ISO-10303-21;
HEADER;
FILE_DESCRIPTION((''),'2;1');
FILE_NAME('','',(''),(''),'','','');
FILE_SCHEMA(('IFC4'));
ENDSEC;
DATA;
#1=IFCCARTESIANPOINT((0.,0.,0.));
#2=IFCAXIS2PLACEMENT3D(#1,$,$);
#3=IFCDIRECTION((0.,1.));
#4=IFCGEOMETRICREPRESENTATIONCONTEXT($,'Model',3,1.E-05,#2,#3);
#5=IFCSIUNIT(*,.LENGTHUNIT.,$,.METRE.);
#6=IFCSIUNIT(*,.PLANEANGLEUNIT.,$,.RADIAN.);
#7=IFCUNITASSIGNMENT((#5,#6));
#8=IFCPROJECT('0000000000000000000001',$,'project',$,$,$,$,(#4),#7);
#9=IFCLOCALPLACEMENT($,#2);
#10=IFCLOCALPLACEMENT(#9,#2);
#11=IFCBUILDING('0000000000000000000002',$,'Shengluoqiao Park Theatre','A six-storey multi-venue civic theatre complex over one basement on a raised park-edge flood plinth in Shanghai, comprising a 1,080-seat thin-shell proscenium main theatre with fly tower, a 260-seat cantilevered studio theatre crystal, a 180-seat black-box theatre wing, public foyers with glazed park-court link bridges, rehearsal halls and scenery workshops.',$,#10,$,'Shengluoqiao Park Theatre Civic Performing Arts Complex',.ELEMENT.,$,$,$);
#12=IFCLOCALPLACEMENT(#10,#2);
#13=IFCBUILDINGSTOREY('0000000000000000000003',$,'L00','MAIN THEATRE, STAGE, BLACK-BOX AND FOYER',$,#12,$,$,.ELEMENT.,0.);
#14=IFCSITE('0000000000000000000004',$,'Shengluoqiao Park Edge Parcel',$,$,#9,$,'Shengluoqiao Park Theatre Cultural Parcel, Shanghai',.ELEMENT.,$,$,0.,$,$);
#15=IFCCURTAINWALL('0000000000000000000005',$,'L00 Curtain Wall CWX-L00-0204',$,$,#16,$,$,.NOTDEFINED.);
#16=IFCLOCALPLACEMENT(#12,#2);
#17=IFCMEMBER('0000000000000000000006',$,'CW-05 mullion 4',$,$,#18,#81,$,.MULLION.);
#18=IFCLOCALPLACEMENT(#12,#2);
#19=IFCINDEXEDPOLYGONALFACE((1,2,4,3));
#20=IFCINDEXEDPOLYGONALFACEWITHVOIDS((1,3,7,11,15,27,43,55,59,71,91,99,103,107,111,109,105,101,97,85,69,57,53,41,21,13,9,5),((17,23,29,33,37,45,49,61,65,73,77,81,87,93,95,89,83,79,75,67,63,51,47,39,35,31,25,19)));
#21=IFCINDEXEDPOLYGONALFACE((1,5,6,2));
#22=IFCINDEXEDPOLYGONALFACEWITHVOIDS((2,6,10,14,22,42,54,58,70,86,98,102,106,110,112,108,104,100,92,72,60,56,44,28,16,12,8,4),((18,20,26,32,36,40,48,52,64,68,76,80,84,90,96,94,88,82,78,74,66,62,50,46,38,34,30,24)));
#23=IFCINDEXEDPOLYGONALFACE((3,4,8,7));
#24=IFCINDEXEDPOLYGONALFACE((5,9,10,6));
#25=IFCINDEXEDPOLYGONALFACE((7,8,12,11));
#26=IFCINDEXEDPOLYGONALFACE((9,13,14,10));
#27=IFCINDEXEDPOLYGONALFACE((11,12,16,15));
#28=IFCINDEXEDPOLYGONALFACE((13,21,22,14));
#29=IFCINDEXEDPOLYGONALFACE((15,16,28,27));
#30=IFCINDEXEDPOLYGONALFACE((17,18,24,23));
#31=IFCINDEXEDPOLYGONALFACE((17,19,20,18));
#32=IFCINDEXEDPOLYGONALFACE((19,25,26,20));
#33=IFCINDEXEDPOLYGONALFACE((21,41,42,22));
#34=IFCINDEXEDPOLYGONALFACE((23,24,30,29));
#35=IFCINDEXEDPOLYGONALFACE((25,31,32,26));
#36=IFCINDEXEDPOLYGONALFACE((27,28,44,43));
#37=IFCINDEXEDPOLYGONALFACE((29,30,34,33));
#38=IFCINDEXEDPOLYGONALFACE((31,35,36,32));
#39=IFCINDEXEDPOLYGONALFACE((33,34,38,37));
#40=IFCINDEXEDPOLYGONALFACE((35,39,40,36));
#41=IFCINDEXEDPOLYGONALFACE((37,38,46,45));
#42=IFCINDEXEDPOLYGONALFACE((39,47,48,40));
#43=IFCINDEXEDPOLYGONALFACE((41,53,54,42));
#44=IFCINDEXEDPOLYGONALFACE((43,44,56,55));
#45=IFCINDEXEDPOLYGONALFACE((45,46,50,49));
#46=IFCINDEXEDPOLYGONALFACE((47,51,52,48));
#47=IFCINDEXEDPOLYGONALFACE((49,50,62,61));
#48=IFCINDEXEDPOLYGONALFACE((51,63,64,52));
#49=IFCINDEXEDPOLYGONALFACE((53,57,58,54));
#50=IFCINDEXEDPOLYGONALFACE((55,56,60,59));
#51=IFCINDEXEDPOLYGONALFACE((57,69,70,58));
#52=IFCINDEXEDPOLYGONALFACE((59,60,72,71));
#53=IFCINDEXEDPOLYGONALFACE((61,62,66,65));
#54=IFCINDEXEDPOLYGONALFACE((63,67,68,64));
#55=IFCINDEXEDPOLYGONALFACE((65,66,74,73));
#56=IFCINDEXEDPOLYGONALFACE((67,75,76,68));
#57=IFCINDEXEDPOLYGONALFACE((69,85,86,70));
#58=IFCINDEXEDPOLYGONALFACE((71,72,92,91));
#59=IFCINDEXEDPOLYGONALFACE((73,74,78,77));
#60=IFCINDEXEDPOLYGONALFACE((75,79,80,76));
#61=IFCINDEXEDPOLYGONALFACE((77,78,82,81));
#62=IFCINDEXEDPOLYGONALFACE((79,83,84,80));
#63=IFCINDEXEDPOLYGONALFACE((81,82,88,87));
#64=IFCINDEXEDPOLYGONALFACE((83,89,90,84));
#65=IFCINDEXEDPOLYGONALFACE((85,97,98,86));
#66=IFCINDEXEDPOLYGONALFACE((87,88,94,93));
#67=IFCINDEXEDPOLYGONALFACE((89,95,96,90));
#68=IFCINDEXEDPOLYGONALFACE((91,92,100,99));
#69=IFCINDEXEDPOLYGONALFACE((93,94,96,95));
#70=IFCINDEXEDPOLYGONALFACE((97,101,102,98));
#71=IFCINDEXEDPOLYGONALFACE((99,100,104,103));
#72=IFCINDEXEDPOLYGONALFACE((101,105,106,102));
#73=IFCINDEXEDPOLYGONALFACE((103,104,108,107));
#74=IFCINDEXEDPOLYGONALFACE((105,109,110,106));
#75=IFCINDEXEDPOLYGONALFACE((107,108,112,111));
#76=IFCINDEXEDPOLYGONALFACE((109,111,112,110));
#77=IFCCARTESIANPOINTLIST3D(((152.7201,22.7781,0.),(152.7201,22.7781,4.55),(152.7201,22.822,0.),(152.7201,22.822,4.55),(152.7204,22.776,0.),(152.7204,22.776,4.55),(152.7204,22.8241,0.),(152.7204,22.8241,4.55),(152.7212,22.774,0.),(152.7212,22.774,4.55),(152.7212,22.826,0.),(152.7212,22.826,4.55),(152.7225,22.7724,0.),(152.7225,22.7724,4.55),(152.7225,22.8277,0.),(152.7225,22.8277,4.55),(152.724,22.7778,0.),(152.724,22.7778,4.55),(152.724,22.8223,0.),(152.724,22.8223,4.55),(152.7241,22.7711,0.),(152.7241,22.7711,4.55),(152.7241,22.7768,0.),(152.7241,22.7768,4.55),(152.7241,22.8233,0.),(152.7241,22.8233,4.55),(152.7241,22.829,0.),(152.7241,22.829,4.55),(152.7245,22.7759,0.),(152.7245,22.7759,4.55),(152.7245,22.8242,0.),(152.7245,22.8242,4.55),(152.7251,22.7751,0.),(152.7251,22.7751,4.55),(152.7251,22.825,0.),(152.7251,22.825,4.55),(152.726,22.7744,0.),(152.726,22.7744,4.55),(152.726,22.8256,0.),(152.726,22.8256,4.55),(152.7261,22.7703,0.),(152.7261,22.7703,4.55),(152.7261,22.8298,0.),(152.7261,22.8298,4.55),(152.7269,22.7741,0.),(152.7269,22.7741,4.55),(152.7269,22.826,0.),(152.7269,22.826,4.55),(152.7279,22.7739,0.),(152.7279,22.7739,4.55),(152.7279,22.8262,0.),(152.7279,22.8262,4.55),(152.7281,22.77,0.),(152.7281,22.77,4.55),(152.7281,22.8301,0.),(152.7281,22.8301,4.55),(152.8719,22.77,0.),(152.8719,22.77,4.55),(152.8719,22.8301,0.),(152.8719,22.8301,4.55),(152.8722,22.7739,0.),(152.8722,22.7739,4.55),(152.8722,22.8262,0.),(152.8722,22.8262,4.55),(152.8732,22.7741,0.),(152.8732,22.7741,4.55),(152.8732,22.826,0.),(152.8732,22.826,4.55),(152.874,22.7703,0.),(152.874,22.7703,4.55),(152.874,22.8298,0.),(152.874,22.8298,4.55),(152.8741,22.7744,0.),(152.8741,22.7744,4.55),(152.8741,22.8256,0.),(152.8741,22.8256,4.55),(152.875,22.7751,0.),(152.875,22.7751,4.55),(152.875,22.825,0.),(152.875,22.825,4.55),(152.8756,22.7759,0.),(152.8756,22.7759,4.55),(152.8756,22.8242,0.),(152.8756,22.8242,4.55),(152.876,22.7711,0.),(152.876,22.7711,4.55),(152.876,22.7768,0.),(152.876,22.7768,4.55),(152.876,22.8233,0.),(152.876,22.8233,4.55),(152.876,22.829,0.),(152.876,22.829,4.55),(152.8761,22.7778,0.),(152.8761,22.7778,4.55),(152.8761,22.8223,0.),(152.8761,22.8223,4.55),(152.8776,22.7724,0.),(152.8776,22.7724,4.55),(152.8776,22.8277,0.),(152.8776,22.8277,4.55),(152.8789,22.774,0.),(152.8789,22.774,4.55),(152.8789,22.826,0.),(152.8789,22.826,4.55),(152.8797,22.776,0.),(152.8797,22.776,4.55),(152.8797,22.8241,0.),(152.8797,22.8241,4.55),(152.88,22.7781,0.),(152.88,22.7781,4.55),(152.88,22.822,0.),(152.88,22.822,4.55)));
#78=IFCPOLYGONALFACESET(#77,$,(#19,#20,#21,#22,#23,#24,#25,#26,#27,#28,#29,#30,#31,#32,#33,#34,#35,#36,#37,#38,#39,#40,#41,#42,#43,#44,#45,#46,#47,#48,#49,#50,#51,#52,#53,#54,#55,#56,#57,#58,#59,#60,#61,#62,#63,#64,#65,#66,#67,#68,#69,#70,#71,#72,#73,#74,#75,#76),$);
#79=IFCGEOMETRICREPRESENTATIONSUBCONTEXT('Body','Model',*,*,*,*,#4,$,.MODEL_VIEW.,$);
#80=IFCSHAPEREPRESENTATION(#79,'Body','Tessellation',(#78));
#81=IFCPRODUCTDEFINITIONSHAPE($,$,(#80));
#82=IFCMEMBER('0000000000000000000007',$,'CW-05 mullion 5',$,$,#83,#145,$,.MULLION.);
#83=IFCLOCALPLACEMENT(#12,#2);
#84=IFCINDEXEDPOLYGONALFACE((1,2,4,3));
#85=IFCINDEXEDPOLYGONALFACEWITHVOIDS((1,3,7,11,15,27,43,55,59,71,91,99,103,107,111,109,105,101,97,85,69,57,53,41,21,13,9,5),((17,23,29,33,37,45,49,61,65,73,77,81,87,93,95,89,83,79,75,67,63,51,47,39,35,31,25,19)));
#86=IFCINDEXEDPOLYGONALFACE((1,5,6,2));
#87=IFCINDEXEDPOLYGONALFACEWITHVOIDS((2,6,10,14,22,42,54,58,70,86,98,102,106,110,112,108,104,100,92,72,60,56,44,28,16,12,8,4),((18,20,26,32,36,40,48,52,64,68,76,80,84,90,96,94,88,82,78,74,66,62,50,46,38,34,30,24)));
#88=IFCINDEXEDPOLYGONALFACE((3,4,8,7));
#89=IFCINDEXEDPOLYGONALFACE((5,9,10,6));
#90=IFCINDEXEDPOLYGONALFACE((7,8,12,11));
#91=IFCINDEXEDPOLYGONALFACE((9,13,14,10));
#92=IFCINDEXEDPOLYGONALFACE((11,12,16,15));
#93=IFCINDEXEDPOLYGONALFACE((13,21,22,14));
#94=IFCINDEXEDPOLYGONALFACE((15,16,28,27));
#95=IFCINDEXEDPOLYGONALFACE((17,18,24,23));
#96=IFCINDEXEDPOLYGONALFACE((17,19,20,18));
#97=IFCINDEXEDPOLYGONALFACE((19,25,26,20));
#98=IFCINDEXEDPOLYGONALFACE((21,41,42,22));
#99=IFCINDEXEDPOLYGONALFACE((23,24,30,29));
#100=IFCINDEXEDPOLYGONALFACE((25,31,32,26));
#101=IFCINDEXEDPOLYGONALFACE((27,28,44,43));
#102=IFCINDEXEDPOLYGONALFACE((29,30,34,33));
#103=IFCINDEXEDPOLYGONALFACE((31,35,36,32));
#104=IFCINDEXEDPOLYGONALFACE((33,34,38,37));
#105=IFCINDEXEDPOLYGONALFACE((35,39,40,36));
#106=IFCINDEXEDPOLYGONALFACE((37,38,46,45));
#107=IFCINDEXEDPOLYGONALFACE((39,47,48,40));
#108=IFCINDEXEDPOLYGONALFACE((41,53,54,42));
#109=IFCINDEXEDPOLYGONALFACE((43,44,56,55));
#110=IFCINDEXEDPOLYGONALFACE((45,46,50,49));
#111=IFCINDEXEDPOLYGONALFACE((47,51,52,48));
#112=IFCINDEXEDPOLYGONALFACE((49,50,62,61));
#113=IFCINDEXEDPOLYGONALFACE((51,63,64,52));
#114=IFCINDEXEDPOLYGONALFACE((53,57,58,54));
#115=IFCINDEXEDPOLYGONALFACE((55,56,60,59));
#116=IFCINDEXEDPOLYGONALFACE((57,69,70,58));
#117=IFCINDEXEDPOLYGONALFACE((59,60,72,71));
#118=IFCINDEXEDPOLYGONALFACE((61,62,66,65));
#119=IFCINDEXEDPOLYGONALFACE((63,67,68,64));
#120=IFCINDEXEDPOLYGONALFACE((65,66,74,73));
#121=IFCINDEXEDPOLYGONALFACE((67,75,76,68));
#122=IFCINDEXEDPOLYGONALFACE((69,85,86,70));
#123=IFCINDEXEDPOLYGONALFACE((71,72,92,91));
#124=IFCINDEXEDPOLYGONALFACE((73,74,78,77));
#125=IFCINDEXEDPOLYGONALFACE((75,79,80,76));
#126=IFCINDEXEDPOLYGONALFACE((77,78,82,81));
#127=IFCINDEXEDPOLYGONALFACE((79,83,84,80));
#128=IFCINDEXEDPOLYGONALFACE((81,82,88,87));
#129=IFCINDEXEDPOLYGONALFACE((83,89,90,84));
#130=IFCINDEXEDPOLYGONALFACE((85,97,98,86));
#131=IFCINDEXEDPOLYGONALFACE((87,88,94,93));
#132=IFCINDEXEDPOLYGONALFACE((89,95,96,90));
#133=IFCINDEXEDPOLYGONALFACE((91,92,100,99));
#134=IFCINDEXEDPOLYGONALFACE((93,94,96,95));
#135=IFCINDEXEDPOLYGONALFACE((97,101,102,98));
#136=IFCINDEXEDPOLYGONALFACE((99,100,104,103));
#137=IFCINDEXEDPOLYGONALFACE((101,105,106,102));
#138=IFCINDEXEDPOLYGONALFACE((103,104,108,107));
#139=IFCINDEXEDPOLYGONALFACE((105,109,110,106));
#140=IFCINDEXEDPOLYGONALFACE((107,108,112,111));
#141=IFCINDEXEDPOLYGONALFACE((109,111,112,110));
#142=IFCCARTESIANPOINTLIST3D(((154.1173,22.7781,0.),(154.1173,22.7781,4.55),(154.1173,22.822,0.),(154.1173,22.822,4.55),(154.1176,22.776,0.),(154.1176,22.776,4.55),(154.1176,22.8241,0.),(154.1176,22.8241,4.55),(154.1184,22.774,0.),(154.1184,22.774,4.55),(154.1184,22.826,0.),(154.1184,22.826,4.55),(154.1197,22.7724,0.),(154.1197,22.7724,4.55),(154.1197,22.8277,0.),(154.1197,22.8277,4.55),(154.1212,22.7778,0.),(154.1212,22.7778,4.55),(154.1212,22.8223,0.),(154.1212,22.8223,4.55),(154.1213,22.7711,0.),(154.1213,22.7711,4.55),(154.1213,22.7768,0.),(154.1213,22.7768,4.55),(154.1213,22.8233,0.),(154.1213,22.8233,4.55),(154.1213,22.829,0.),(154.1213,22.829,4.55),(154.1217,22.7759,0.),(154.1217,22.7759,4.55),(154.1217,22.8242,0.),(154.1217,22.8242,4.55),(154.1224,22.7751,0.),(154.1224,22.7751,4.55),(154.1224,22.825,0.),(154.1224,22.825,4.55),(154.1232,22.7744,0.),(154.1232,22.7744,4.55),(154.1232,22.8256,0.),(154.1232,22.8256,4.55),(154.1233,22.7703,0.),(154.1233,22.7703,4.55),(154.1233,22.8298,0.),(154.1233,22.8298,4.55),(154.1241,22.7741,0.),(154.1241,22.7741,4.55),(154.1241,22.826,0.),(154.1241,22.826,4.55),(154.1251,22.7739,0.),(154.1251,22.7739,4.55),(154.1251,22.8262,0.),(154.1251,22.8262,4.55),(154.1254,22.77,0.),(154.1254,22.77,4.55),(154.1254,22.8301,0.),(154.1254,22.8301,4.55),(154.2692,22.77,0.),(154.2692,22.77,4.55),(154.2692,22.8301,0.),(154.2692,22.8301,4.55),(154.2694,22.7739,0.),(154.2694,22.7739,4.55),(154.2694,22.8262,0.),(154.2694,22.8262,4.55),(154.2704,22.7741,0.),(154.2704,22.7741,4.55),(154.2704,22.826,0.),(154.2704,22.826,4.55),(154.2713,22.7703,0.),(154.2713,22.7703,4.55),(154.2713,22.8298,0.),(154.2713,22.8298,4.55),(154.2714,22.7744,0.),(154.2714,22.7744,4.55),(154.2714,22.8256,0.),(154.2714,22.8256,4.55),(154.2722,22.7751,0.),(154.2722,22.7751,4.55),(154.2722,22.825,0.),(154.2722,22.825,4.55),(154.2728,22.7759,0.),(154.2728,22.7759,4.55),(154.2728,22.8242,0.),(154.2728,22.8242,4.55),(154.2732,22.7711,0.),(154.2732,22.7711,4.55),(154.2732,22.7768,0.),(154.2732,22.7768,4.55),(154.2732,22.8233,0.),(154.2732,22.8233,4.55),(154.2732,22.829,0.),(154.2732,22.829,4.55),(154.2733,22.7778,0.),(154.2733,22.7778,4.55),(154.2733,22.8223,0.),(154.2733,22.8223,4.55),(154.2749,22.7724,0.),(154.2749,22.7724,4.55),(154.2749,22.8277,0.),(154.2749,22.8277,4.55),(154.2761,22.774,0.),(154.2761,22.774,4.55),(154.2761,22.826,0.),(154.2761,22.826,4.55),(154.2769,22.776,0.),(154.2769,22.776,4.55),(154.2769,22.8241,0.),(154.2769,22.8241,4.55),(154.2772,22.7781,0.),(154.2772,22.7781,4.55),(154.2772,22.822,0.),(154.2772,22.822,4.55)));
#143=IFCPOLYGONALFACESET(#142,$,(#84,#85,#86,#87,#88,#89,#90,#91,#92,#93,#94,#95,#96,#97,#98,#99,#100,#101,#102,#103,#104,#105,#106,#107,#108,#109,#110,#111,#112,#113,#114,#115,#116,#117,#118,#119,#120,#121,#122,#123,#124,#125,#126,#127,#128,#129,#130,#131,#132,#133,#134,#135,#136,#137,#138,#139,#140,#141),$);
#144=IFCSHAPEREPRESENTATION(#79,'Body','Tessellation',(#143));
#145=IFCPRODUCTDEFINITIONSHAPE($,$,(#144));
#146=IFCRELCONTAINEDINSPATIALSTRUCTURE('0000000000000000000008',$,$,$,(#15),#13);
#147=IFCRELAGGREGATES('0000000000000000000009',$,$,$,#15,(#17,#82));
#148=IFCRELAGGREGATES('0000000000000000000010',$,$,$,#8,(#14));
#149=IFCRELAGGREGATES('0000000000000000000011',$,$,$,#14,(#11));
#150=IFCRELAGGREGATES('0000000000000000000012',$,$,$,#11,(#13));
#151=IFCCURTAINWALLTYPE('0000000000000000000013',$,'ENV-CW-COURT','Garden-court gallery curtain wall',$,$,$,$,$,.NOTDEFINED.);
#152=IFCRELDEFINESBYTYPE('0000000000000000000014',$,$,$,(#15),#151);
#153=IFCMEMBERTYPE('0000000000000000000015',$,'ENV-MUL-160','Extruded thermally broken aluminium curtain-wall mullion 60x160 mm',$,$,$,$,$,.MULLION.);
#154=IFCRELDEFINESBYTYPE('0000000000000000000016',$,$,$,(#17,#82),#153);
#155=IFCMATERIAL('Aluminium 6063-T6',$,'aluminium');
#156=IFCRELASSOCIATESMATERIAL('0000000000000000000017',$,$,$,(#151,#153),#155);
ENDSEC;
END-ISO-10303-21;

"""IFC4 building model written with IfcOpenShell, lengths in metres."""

from ifc_helpers import new_model, si_unit, direction, frame, origin, origin_2d, place, context, subcontext, project, spatial, hollow_rectangle, extrude, material, material_profile, profile_set, type_object, element, aggregate, save


model = new_model("IFC4")

# Units and contexts
model_context = context("Model", 3, precision=1e-05, world=origin(), true_north=direction((0.0, 1.0)))
body_context = subcontext(model_context, "Body", "Model", "MODEL_VIEW")
ifc_project = project(units=[si_unit("LENGTHUNIT", "METRE"), si_unit("PLANEANGLEUNIT", "RADIAN")], contexts=[model_context])

# Site, building, storey
site_placement = place(None, origin())
site = spatial("IfcSite", under=ifc_project, at=site_placement, Name="Shengluoqiao Park Edge Parcel", LongName="Shengluoqiao Park Theatre Cultural Parcel, Shanghai", CompositionType="ELEMENT", RefElevation=0.0)
building_placement = place(site_placement, origin())
building = spatial("IfcBuilding", under=site, at=building_placement, Name="Shengluoqiao Park Theatre", Description="A six-storey multi-venue civic theatre complex over one basement on a raised park-edge flood plinth in Shanghai, comprising a 1,080-seat thin-shell proscenium main theatre with fly tower, a 260-seat cantilevered studio theatre crystal, a 180-seat black-box theatre wing, public foyers with glazed park-court link bridges, rehearsal halls and scenery workshops.", LongName="Shengluoqiao Park Theatre Civic Performing Arts Complex", CompositionType="ELEMENT")
storey_placement = place(building_placement, origin())
storey = spatial("IfcBuildingStorey", under=building, at=storey_placement, Name="L00", Description="MAIN THEATRE, STAGE, BLACK-BOX AND FOYER", CompositionType="ELEMENT", Elevation=0.0)

# Curtain wall, members
ifc_material_1 = material(Name="Aluminium 6063-T6", Category="aluminium")
curtain_wall_type = type_object("IfcCurtainWallType", Name="ENV-CW-COURT", Description="Garden-court gallery curtain wall", PredefinedType="NOTDEFINED", material=ifc_material_1)
curtain_wall_placement = place(storey_placement, origin())
curtain_wall = element("IfcCurtainWall", 1, at=curtain_wall_placement, inside=storey, type_object=curtain_wall_type, Name="L00 Curtain Wall CWX-L00-0204", PredefinedType="NOTDEFINED")
ifc_material_profile_1 = material_profile(ifc_material_1, hollow_rectangle(XDim=0.0601, YDim=0.1599, WallThickness=0.0039, InnerFilletRadius=0.0039, OuterFilletRadius=0.0081, at=origin_2d()), Name="ALU MULLION 160x60x4")
ifc_profile_set_1 = profile_set([ifc_material_profile_1], Name="Aluminium 6063-T6")
member_type_1 = type_object("IfcMemberType", Name="ENV-MUL-160", Description="Extruded thermally broken aluminium curtain-wall mullion 60x160 mm", PredefinedType="MULLION", material=ifc_profile_set_1)
member_1_placement = place(storey_placement, frame((152.8, 22.8, 0.0), z_axis=(0.0, 0.0, 1.0), x_axis=(0.0, 1.0, 0.0)))
member_1 = element("IfcMember", 2, at=member_1_placement, type_object=member_type_1, Name="CW-05 mullion 4", PredefinedType="MULLION", context=body_context, shape_type="SweptSolid", body=[
    extrude(hollow_rectangle(XDim=0.0601, YDim=0.1599, WallThickness=0.0039, InnerFilletRadius=0.0039, OuterFilletRadius=0.0081, at=origin_2d()), origin(), (0.0, 0.0, 1.0), 4.55),
])
member_2_placement = place(storey_placement, frame((154.1973, 22.8, 0.0), z_axis=(0.0, 0.0, 1.0), x_axis=(0.0, 1.0, 0.0)))
member_2 = element("IfcMember", 3, at=member_2_placement, type_object=member_type_1, Name="CW-05 mullion 5", PredefinedType="MULLION", context=body_context, shape_type="SweptSolid", body=[
    extrude(hollow_rectangle(XDim=0.0601, YDim=0.1599, WallThickness=0.0039, InnerFilletRadius=0.0039, OuterFilletRadius=0.0081, at=origin_2d()), origin(), (0.0, 0.0, 1.0), 4.55),
])
aggregate(curtain_wall, [member_1, member_2])

save(model, "model.ifc")
